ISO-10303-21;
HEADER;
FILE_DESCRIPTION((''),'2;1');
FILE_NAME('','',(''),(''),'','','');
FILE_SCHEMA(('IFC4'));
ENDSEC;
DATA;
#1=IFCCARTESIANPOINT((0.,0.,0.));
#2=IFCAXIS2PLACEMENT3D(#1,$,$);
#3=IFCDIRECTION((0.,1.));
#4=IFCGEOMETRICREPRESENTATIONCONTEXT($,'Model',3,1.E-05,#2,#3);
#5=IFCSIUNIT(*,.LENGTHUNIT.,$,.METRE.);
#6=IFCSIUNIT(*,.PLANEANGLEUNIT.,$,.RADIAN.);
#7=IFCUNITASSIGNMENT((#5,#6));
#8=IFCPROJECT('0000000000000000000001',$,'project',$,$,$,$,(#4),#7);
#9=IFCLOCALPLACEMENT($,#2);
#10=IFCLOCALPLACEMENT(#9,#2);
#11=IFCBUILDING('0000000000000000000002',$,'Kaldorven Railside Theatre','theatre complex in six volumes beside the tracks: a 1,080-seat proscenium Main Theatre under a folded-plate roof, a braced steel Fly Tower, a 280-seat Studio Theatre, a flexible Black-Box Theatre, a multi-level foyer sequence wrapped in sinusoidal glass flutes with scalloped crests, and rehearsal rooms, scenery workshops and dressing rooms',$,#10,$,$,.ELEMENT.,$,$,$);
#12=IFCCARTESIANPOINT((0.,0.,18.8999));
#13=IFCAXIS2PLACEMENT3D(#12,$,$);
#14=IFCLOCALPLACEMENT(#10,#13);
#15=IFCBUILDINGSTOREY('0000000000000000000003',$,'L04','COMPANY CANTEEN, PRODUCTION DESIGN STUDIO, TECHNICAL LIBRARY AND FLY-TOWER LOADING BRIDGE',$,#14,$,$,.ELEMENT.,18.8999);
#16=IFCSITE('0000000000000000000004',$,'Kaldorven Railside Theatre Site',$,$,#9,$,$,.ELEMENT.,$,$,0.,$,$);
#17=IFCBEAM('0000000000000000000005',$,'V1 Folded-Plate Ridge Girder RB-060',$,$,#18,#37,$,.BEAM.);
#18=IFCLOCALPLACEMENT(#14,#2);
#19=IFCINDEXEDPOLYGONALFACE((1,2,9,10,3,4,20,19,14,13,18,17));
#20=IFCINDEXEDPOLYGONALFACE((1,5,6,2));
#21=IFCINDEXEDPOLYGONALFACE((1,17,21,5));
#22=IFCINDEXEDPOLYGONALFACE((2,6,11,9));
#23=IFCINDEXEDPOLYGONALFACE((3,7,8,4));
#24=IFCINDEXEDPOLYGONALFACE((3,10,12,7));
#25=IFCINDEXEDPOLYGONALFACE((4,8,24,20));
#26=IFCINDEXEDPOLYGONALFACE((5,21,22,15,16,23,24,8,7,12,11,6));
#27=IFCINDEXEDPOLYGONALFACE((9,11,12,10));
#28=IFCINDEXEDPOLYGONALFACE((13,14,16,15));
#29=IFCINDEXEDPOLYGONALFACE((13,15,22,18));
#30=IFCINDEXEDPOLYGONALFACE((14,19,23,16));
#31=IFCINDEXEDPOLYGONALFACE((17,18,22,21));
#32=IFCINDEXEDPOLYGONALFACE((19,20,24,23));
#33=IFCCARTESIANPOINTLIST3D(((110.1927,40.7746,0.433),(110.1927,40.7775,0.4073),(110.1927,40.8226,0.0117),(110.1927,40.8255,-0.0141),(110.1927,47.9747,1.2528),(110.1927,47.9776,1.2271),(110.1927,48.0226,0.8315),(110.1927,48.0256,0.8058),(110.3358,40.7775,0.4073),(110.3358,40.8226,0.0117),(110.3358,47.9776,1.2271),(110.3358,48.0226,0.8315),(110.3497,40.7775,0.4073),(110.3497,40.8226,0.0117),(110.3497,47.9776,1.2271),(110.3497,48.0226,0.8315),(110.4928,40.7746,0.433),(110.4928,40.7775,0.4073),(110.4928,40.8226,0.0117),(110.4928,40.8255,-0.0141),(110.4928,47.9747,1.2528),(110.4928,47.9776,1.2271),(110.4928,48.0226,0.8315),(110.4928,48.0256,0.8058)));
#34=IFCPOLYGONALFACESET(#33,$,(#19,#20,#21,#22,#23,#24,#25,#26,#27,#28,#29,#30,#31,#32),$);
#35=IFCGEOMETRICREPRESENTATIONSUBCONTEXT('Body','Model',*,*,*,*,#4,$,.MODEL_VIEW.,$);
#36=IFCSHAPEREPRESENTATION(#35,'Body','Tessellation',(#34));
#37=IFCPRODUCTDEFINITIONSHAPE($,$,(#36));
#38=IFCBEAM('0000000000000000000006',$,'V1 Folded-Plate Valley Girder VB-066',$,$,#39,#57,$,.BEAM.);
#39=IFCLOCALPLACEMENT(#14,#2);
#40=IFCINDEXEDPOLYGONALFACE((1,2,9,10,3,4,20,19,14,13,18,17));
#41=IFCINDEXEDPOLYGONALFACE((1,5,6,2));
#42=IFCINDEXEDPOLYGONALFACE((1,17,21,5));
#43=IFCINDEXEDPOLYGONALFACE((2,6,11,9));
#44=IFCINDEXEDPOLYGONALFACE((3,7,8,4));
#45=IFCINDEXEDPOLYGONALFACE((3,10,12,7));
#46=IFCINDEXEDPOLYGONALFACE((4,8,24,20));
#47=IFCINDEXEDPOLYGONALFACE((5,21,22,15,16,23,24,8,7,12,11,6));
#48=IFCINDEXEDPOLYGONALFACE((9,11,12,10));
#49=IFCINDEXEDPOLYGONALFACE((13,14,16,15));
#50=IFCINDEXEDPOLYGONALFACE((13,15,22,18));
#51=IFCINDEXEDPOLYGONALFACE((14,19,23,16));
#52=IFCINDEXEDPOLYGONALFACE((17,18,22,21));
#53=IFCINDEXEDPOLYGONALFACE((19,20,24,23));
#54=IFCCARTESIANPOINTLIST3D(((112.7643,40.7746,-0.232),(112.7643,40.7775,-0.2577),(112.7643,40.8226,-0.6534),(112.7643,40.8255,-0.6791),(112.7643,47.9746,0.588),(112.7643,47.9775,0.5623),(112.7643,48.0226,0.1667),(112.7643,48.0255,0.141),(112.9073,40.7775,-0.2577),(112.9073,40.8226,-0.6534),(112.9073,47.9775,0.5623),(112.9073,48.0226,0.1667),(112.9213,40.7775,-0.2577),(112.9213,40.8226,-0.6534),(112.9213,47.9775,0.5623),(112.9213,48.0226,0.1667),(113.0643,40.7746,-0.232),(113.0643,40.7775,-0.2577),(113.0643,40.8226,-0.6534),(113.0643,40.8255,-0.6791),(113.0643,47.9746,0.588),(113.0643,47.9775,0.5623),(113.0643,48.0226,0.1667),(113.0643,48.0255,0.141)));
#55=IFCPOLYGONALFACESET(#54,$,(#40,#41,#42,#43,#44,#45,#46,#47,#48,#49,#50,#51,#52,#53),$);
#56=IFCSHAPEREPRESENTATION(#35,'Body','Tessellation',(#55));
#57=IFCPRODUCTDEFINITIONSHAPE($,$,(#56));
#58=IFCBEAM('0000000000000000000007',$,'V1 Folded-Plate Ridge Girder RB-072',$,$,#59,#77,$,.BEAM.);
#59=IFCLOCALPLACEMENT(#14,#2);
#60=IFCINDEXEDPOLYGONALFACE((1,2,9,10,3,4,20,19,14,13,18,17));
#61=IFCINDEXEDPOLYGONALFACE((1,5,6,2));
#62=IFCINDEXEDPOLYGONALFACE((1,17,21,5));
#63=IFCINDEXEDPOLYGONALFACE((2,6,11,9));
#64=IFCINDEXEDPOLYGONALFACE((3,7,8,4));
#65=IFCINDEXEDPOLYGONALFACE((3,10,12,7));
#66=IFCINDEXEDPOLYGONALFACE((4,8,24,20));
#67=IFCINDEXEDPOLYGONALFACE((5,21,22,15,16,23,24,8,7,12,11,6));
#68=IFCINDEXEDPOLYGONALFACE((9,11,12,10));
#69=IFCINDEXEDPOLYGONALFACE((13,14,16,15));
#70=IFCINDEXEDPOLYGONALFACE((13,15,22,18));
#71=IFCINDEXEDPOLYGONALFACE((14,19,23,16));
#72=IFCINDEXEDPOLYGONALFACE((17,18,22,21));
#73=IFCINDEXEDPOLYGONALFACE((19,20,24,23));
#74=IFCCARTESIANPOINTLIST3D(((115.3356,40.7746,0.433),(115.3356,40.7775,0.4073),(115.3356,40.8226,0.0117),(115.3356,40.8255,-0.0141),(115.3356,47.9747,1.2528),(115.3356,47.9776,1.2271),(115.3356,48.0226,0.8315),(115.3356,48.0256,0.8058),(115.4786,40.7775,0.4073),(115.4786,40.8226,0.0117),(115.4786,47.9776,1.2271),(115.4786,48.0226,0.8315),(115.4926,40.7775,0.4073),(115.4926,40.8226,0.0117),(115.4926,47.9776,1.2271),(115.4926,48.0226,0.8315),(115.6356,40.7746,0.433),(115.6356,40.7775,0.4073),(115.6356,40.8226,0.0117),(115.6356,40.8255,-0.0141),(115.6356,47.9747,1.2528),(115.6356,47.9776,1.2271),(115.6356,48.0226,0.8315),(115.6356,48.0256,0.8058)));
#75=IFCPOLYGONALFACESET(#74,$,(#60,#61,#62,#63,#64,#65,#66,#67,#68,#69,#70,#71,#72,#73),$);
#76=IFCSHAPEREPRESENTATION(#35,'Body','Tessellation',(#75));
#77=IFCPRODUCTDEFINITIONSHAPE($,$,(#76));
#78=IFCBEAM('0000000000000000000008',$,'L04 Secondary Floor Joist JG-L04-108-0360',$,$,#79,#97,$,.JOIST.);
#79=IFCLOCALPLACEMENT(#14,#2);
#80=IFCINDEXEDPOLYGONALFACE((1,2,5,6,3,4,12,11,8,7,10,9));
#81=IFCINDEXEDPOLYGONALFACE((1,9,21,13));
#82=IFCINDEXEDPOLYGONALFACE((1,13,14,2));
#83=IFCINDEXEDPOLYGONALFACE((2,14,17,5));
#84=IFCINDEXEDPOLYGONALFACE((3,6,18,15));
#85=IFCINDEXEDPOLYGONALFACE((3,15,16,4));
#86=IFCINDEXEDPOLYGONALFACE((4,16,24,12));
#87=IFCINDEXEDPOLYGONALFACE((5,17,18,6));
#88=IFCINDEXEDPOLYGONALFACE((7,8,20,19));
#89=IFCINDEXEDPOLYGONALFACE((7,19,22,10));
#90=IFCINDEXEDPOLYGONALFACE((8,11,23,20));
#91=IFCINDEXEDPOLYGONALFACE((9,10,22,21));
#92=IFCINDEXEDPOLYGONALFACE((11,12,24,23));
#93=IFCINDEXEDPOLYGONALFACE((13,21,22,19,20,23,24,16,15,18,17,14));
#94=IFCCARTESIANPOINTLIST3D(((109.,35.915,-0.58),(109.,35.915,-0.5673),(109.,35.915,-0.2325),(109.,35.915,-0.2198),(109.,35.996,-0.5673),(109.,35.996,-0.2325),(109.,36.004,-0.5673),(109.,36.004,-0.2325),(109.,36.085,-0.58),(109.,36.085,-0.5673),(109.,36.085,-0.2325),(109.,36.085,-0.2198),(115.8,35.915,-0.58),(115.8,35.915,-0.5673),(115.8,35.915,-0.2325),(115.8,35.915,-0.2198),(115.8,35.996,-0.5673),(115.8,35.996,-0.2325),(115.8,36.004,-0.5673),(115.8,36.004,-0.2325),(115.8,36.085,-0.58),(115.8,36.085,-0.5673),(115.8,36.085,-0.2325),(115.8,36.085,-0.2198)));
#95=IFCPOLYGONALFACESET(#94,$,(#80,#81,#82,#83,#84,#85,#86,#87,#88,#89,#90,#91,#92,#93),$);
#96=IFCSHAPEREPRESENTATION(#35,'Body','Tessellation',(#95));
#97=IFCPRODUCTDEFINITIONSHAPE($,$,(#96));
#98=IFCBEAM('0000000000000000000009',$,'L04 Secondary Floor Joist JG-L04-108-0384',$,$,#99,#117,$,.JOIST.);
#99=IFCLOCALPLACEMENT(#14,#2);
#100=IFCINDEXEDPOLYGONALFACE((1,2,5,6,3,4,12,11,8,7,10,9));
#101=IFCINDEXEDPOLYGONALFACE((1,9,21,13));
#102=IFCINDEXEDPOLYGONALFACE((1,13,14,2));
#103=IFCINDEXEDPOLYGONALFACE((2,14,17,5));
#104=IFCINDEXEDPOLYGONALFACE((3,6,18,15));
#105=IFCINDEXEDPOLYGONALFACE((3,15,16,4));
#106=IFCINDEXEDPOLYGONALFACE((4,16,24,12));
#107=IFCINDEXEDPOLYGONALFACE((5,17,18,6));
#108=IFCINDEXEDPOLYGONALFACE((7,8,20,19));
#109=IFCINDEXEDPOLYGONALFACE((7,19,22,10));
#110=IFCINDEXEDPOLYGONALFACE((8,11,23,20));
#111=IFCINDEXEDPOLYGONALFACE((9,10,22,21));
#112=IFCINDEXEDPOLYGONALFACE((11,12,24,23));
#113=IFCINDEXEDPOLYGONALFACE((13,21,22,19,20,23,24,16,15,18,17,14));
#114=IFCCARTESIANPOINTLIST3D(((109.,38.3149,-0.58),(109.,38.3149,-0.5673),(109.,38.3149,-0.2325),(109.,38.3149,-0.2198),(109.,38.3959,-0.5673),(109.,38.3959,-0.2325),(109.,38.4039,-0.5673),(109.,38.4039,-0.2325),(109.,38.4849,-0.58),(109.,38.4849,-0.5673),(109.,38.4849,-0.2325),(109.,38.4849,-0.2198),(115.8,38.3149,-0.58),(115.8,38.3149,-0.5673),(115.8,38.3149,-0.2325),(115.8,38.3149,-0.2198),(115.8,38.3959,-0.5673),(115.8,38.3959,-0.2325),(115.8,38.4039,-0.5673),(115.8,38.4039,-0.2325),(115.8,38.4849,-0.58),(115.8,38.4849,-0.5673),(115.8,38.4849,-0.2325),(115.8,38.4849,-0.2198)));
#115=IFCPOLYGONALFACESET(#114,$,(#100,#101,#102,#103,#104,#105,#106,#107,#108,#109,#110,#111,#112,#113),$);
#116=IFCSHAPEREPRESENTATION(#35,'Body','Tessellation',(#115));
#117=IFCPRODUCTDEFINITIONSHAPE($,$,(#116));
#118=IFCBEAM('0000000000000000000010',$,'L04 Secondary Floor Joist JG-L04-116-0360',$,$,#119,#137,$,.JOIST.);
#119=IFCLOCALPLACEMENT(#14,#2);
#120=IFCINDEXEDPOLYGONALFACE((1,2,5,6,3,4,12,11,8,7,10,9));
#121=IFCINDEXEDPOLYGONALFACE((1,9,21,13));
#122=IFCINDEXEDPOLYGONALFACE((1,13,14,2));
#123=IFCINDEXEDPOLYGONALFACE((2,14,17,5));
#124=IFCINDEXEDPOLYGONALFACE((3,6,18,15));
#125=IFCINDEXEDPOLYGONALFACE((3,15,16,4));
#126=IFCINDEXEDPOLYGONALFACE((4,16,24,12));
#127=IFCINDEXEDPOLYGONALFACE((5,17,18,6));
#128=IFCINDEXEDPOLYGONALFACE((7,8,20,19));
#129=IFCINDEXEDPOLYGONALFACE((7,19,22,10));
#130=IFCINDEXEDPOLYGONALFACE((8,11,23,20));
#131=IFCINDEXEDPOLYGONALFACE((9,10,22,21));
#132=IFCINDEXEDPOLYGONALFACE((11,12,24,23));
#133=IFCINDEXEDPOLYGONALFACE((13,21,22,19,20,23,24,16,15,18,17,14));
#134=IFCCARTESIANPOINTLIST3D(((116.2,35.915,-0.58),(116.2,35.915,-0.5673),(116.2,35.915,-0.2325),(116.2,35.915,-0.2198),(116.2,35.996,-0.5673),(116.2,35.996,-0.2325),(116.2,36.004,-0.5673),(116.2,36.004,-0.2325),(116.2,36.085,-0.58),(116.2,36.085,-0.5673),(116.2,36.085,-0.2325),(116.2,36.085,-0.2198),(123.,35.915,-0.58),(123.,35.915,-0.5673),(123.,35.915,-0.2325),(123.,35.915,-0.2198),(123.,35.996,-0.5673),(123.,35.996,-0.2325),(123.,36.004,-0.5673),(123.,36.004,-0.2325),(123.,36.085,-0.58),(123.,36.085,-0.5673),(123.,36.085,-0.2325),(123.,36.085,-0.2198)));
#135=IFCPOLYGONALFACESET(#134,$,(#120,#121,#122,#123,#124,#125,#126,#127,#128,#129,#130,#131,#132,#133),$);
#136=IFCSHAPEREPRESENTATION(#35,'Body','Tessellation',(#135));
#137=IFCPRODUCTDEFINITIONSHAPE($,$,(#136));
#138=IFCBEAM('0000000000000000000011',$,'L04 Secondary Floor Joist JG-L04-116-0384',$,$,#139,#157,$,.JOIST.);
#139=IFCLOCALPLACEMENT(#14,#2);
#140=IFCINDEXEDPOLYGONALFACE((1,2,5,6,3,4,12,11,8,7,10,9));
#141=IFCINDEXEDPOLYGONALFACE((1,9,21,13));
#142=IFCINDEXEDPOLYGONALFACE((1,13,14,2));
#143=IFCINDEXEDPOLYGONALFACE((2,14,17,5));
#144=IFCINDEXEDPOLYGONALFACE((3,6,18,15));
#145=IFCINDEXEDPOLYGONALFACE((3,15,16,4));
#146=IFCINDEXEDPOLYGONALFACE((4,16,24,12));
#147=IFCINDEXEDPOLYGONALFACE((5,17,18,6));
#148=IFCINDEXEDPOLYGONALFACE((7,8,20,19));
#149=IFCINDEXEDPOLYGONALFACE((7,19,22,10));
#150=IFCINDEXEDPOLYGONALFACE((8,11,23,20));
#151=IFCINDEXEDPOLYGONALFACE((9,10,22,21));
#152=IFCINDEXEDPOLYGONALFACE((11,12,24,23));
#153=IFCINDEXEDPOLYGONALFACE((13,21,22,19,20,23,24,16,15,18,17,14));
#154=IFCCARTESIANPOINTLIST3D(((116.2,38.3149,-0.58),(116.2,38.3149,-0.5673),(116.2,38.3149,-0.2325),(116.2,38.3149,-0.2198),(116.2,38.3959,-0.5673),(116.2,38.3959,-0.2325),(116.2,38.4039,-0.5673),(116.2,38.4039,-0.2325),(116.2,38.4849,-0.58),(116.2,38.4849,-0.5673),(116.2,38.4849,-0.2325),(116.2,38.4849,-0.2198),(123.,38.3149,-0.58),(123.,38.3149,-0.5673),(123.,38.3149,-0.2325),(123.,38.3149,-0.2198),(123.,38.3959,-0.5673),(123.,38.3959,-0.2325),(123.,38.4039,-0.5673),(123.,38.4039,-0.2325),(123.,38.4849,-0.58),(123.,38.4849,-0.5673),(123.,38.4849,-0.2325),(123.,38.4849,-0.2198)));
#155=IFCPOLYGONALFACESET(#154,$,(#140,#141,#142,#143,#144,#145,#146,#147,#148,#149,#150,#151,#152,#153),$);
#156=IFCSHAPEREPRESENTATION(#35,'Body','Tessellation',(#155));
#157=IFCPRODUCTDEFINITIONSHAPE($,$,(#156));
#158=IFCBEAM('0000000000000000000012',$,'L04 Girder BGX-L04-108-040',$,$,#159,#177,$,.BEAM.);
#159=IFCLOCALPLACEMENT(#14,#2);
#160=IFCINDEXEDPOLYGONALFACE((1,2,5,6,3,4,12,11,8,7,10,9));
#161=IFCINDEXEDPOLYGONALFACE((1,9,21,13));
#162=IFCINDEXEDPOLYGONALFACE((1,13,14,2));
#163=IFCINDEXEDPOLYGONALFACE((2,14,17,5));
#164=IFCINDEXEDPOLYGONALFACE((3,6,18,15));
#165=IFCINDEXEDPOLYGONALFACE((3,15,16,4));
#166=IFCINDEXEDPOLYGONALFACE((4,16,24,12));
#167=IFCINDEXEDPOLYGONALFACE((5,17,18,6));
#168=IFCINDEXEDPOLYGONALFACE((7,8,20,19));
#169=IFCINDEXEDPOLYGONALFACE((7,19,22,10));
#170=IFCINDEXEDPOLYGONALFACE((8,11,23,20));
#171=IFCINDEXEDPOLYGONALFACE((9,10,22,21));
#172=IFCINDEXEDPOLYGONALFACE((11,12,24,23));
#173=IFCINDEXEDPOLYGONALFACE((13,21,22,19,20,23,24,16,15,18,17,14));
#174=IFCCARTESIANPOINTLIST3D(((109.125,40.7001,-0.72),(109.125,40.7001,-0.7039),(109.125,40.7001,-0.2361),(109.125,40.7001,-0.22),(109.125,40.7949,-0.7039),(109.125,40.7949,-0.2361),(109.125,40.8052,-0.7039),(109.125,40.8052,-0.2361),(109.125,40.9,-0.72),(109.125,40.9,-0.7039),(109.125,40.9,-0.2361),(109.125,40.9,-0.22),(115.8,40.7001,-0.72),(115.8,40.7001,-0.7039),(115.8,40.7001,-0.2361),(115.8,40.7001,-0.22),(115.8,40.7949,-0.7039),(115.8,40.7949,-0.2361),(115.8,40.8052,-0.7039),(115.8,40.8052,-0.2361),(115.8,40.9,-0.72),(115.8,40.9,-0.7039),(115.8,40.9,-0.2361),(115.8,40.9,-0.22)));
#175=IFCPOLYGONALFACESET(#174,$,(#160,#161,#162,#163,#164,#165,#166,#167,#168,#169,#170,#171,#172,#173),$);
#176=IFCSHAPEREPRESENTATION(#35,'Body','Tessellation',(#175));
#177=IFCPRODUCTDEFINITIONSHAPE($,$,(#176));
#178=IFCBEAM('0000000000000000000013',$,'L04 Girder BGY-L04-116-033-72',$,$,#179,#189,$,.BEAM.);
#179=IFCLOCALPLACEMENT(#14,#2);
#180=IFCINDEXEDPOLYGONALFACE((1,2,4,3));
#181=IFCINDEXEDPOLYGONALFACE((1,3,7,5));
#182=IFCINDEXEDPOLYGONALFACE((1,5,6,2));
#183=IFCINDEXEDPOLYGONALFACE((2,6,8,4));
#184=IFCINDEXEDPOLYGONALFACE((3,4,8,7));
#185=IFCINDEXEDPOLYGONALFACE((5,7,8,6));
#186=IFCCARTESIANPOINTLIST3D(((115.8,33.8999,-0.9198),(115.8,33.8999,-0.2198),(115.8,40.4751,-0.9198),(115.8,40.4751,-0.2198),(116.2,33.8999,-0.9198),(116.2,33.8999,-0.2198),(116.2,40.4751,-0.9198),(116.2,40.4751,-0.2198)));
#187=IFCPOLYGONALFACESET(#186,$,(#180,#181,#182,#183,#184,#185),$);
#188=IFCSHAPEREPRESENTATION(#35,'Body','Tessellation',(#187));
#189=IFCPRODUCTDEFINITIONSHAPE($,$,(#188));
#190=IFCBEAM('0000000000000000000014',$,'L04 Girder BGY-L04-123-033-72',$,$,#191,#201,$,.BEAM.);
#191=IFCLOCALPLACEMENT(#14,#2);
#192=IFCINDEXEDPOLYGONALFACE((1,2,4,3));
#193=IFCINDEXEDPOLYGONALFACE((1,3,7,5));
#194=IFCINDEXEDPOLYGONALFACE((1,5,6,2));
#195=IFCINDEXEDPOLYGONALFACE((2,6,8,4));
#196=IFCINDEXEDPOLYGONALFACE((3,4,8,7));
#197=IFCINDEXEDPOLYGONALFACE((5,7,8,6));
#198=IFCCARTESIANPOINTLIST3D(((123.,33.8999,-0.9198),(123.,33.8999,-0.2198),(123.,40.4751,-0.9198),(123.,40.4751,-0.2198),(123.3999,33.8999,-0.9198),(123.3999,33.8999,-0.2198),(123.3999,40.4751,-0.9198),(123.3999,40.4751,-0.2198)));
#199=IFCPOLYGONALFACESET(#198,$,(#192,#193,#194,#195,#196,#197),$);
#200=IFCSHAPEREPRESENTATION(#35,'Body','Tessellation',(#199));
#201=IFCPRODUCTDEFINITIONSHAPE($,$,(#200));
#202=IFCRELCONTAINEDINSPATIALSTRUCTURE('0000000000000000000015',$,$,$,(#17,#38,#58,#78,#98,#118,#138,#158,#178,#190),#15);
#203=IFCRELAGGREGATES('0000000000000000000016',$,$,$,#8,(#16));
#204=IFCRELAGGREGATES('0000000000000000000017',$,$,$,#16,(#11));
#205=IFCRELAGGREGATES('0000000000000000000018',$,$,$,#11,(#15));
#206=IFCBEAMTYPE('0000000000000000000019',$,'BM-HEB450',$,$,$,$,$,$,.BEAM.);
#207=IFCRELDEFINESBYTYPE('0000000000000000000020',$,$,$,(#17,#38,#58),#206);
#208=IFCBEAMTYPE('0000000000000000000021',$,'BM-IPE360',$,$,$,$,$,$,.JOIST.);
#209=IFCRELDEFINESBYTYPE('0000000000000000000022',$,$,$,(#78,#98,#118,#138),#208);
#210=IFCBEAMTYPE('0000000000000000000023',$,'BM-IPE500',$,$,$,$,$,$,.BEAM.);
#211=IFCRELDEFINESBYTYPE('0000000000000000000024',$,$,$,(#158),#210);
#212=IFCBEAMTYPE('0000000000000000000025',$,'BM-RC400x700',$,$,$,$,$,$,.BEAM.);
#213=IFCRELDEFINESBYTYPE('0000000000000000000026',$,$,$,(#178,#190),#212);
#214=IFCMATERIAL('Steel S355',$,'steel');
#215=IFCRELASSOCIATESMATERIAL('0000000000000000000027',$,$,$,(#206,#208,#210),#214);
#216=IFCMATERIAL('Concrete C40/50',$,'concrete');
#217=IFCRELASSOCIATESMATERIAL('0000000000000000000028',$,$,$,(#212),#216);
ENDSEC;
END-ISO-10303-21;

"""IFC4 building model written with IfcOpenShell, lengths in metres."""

from ifc_helpers import new_model, si_unit, direction, frame, origin, origin_2d, place, context, subcontext, project, spatial, rectangle, i_section, extrude, material, material_profile, profile_set, type_object, element, save


model = new_model("IFC4")

# Units and contexts
model_context = context("Model", 3, precision=1e-05, world=origin(), true_north=direction((0.0, 1.0)))
body_context = subcontext(model_context, "Body", "Model", "MODEL_VIEW")
ifc_project = project(units=[si_unit("LENGTHUNIT", "METRE"), si_unit("PLANEANGLEUNIT", "RADIAN")], contexts=[model_context])

# Site, building, storey
site_placement = place(None, origin())
site = spatial("IfcSite", under=ifc_project, at=site_placement, Name="Kaldorven Railside Theatre Site", CompositionType="ELEMENT", RefElevation=0.0)
building_placement = place(site_placement, origin())
building = spatial("IfcBuilding", under=site, at=building_placement, Name="Kaldorven Railside Theatre", Description="theatre complex in six volumes beside the tracks: a 1,080-seat proscenium Main Theatre under a folded-plate roof, a braced steel Fly Tower, a 280-seat Studio Theatre, a flexible Black-Box Theatre, a multi-level foyer sequence wrapped in sinusoidal glass flutes with scalloped crests, and rehearsal rooms, scenery workshops and dressing rooms", CompositionType="ELEMENT")
storey_placement = place(building_placement, frame((0.0, 0.0, 18.8999)))
storey = spatial("IfcBuildingStorey", under=building, at=storey_placement, Name="L04", Description="COMPANY CANTEEN, PRODUCTION DESIGN STUDIO, TECHNICAL LIBRARY AND FLY-TOWER LOADING BRIDGE", CompositionType="ELEMENT", Elevation=18.8999)

# Beams
ifc_material_1 = material(Name="Steel S355", Category="steel")
ifc_material_profile_1 = material_profile(ifc_material_1, i_section(OverallWidth=0.3, OverallDepth=0.45, WebThickness=0.0139, FlangeThickness=0.0259, at=origin_2d()), Name="HEB 450")
ifc_profile_set_1 = profile_set([ifc_material_profile_1], Name="Steel S355")
beam_type_1 = type_object("IfcBeamType", Name="BM-HEB450", PredefinedType="BEAM", material=ifc_profile_set_1)
for number, where, z_axis, x_axis, name in (
    (1, (110.3428, 40.8, 0.2095), (0.0, 0.99358, 0.113134), (-1.0, 0.0, 0.0), "V1 Folded-Plate Ridge Girder RB-060"),
    (2, (112.9143, 40.8, -0.4556), (0.0, 0.993576, 0.113167), (-1.0, 0.0, 0.0), "V1 Folded-Plate Valley Girder VB-066"),
    (3, (115.4856, 40.8, 0.2095), (0.0, 0.99358, 0.113134), (-1.0, 0.0, 0.0), "V1 Folded-Plate Ridge Girder RB-072"),
):
    element("IfcBeam", number, at=place(storey_placement, frame(where, z_axis=z_axis, x_axis=x_axis)), inside=storey, type_object=beam_type_1, Name=name, PredefinedType="BEAM", context=body_context, shape_type="SweptSolid", body=[
        extrude(i_section(OverallWidth=0.3, OverallDepth=0.45, WebThickness=0.0139, FlangeThickness=0.0259, at=origin_2d()), origin(), (0.0, 0.0, 1.0), 7.2466),
    ])
ifc_material_profile_2 = material_profile(ifc_material_1, i_section(OverallWidth=0.1699, OverallDepth=0.3601, WebThickness=0.0081, FlangeThickness=0.0127, at=origin_2d()), Name="IPE 360")
ifc_profile_set_2 = profile_set([ifc_material_profile_2], Name="Steel S355")
beam_type_2 = type_object("IfcBeamType", Name="BM-IPE360", PredefinedType="JOIST", material=ifc_profile_set_2)
for number, where, z_axis, x_axis, name in (
    (4, (109.0, 36.0, -0.3999), (1.0, 0.0, 0.0), (0.0, 1.0, 0.0), "L04 Secondary Floor Joist JG-L04-108-0360"),
    (5, (109.0, 38.3999, -0.3999), (1.0, 0.0, 0.0), (0.0, 1.0, 0.0), "L04 Secondary Floor Joist JG-L04-108-0384"),
    (6, (116.2, 36.0, -0.3999), (1.0, 0.0, 0.0), (0.0, 1.0, 0.0), "L04 Secondary Floor Joist JG-L04-116-0360"),
    (7, (116.2, 38.3999, -0.3999), (1.0, 0.0, 0.0), (0.0, 1.0, 0.0), "L04 Secondary Floor Joist JG-L04-116-0384"),
):
    element("IfcBeam", number, at=place(storey_placement, frame(where, z_axis=z_axis, x_axis=x_axis)), inside=storey, type_object=beam_type_2, Name=name, PredefinedType="JOIST", context=body_context, shape_type="SweptSolid", body=[
        extrude(i_section(OverallWidth=0.1699, OverallDepth=0.3601, WebThickness=0.0081, FlangeThickness=0.0127, at=origin_2d()), origin(), (0.0, 0.0, 1.0), 6.8),
    ])
ifc_material_profile_3 = material_profile(ifc_material_1, i_section(OverallWidth=0.2, OverallDepth=0.5, WebThickness=0.0103, FlangeThickness=0.0161, at=origin_2d()), Name="IPE 500")
ifc_profile_set_3 = profile_set([ifc_material_profile_3], Name="Steel S355")
beam_type_3 = type_object("IfcBeamType", Name="BM-IPE500", PredefinedType="BEAM", material=ifc_profile_set_3)
beam_placement = place(storey_placement, frame((109.125, 40.8, -0.47), z_axis=(1.0, 0.0, 0.0), x_axis=(0.0, 1.0, 0.0)))
element("IfcBeam", 8, at=beam_placement, inside=storey, type_object=beam_type_3, Name="L04 Girder BGX-L04-108-040", PredefinedType="BEAM", context=body_context, shape_type="SweptSolid", body=[
    extrude(i_section(OverallWidth=0.2, OverallDepth=0.5, WebThickness=0.0103, FlangeThickness=0.0161, at=origin_2d()), origin(), (0.0, 0.0, 1.0), 6.675),
])
ifc_material_2 = material(Name="Concrete C40/50", Category="concrete")
ifc_material_profile_4 = material_profile(ifc_material_2, rectangle(XDim=0.3999, YDim=0.7, at=origin_2d()), Name="RC 400x700")
ifc_profile_set_4 = profile_set([ifc_material_profile_4], Name="Concrete C40/50")
beam_type_4 = type_object("IfcBeamType", Name="BM-RC400x700", PredefinedType="BEAM", material=ifc_profile_set_4)
for number, where, z_axis, x_axis, name in (
    (9, (116.0, 33.8999, -0.5698), (0.0, 1.0, 0.0), (-1.0, 0.0, 0.0), "L04 Girder BGY-L04-116-033-72"),
    (10, (123.2, 33.8999, -0.5698), (0.0, 1.0, 0.0), (-1.0, 0.0, 0.0), "L04 Girder BGY-L04-123-033-72"),
):
    element("IfcBeam", number, at=place(storey_placement, frame(where, z_axis=z_axis, x_axis=x_axis)), inside=storey, type_object=beam_type_4, Name=name, PredefinedType="BEAM", context=body_context, shape_type="SweptSolid", body=[
        extrude(rectangle(XDim=0.3999, YDim=0.7, at=origin_2d()), origin(), (0.0, 0.0, 1.0), 6.5752),
    ])

save(model, "model.ifc")
